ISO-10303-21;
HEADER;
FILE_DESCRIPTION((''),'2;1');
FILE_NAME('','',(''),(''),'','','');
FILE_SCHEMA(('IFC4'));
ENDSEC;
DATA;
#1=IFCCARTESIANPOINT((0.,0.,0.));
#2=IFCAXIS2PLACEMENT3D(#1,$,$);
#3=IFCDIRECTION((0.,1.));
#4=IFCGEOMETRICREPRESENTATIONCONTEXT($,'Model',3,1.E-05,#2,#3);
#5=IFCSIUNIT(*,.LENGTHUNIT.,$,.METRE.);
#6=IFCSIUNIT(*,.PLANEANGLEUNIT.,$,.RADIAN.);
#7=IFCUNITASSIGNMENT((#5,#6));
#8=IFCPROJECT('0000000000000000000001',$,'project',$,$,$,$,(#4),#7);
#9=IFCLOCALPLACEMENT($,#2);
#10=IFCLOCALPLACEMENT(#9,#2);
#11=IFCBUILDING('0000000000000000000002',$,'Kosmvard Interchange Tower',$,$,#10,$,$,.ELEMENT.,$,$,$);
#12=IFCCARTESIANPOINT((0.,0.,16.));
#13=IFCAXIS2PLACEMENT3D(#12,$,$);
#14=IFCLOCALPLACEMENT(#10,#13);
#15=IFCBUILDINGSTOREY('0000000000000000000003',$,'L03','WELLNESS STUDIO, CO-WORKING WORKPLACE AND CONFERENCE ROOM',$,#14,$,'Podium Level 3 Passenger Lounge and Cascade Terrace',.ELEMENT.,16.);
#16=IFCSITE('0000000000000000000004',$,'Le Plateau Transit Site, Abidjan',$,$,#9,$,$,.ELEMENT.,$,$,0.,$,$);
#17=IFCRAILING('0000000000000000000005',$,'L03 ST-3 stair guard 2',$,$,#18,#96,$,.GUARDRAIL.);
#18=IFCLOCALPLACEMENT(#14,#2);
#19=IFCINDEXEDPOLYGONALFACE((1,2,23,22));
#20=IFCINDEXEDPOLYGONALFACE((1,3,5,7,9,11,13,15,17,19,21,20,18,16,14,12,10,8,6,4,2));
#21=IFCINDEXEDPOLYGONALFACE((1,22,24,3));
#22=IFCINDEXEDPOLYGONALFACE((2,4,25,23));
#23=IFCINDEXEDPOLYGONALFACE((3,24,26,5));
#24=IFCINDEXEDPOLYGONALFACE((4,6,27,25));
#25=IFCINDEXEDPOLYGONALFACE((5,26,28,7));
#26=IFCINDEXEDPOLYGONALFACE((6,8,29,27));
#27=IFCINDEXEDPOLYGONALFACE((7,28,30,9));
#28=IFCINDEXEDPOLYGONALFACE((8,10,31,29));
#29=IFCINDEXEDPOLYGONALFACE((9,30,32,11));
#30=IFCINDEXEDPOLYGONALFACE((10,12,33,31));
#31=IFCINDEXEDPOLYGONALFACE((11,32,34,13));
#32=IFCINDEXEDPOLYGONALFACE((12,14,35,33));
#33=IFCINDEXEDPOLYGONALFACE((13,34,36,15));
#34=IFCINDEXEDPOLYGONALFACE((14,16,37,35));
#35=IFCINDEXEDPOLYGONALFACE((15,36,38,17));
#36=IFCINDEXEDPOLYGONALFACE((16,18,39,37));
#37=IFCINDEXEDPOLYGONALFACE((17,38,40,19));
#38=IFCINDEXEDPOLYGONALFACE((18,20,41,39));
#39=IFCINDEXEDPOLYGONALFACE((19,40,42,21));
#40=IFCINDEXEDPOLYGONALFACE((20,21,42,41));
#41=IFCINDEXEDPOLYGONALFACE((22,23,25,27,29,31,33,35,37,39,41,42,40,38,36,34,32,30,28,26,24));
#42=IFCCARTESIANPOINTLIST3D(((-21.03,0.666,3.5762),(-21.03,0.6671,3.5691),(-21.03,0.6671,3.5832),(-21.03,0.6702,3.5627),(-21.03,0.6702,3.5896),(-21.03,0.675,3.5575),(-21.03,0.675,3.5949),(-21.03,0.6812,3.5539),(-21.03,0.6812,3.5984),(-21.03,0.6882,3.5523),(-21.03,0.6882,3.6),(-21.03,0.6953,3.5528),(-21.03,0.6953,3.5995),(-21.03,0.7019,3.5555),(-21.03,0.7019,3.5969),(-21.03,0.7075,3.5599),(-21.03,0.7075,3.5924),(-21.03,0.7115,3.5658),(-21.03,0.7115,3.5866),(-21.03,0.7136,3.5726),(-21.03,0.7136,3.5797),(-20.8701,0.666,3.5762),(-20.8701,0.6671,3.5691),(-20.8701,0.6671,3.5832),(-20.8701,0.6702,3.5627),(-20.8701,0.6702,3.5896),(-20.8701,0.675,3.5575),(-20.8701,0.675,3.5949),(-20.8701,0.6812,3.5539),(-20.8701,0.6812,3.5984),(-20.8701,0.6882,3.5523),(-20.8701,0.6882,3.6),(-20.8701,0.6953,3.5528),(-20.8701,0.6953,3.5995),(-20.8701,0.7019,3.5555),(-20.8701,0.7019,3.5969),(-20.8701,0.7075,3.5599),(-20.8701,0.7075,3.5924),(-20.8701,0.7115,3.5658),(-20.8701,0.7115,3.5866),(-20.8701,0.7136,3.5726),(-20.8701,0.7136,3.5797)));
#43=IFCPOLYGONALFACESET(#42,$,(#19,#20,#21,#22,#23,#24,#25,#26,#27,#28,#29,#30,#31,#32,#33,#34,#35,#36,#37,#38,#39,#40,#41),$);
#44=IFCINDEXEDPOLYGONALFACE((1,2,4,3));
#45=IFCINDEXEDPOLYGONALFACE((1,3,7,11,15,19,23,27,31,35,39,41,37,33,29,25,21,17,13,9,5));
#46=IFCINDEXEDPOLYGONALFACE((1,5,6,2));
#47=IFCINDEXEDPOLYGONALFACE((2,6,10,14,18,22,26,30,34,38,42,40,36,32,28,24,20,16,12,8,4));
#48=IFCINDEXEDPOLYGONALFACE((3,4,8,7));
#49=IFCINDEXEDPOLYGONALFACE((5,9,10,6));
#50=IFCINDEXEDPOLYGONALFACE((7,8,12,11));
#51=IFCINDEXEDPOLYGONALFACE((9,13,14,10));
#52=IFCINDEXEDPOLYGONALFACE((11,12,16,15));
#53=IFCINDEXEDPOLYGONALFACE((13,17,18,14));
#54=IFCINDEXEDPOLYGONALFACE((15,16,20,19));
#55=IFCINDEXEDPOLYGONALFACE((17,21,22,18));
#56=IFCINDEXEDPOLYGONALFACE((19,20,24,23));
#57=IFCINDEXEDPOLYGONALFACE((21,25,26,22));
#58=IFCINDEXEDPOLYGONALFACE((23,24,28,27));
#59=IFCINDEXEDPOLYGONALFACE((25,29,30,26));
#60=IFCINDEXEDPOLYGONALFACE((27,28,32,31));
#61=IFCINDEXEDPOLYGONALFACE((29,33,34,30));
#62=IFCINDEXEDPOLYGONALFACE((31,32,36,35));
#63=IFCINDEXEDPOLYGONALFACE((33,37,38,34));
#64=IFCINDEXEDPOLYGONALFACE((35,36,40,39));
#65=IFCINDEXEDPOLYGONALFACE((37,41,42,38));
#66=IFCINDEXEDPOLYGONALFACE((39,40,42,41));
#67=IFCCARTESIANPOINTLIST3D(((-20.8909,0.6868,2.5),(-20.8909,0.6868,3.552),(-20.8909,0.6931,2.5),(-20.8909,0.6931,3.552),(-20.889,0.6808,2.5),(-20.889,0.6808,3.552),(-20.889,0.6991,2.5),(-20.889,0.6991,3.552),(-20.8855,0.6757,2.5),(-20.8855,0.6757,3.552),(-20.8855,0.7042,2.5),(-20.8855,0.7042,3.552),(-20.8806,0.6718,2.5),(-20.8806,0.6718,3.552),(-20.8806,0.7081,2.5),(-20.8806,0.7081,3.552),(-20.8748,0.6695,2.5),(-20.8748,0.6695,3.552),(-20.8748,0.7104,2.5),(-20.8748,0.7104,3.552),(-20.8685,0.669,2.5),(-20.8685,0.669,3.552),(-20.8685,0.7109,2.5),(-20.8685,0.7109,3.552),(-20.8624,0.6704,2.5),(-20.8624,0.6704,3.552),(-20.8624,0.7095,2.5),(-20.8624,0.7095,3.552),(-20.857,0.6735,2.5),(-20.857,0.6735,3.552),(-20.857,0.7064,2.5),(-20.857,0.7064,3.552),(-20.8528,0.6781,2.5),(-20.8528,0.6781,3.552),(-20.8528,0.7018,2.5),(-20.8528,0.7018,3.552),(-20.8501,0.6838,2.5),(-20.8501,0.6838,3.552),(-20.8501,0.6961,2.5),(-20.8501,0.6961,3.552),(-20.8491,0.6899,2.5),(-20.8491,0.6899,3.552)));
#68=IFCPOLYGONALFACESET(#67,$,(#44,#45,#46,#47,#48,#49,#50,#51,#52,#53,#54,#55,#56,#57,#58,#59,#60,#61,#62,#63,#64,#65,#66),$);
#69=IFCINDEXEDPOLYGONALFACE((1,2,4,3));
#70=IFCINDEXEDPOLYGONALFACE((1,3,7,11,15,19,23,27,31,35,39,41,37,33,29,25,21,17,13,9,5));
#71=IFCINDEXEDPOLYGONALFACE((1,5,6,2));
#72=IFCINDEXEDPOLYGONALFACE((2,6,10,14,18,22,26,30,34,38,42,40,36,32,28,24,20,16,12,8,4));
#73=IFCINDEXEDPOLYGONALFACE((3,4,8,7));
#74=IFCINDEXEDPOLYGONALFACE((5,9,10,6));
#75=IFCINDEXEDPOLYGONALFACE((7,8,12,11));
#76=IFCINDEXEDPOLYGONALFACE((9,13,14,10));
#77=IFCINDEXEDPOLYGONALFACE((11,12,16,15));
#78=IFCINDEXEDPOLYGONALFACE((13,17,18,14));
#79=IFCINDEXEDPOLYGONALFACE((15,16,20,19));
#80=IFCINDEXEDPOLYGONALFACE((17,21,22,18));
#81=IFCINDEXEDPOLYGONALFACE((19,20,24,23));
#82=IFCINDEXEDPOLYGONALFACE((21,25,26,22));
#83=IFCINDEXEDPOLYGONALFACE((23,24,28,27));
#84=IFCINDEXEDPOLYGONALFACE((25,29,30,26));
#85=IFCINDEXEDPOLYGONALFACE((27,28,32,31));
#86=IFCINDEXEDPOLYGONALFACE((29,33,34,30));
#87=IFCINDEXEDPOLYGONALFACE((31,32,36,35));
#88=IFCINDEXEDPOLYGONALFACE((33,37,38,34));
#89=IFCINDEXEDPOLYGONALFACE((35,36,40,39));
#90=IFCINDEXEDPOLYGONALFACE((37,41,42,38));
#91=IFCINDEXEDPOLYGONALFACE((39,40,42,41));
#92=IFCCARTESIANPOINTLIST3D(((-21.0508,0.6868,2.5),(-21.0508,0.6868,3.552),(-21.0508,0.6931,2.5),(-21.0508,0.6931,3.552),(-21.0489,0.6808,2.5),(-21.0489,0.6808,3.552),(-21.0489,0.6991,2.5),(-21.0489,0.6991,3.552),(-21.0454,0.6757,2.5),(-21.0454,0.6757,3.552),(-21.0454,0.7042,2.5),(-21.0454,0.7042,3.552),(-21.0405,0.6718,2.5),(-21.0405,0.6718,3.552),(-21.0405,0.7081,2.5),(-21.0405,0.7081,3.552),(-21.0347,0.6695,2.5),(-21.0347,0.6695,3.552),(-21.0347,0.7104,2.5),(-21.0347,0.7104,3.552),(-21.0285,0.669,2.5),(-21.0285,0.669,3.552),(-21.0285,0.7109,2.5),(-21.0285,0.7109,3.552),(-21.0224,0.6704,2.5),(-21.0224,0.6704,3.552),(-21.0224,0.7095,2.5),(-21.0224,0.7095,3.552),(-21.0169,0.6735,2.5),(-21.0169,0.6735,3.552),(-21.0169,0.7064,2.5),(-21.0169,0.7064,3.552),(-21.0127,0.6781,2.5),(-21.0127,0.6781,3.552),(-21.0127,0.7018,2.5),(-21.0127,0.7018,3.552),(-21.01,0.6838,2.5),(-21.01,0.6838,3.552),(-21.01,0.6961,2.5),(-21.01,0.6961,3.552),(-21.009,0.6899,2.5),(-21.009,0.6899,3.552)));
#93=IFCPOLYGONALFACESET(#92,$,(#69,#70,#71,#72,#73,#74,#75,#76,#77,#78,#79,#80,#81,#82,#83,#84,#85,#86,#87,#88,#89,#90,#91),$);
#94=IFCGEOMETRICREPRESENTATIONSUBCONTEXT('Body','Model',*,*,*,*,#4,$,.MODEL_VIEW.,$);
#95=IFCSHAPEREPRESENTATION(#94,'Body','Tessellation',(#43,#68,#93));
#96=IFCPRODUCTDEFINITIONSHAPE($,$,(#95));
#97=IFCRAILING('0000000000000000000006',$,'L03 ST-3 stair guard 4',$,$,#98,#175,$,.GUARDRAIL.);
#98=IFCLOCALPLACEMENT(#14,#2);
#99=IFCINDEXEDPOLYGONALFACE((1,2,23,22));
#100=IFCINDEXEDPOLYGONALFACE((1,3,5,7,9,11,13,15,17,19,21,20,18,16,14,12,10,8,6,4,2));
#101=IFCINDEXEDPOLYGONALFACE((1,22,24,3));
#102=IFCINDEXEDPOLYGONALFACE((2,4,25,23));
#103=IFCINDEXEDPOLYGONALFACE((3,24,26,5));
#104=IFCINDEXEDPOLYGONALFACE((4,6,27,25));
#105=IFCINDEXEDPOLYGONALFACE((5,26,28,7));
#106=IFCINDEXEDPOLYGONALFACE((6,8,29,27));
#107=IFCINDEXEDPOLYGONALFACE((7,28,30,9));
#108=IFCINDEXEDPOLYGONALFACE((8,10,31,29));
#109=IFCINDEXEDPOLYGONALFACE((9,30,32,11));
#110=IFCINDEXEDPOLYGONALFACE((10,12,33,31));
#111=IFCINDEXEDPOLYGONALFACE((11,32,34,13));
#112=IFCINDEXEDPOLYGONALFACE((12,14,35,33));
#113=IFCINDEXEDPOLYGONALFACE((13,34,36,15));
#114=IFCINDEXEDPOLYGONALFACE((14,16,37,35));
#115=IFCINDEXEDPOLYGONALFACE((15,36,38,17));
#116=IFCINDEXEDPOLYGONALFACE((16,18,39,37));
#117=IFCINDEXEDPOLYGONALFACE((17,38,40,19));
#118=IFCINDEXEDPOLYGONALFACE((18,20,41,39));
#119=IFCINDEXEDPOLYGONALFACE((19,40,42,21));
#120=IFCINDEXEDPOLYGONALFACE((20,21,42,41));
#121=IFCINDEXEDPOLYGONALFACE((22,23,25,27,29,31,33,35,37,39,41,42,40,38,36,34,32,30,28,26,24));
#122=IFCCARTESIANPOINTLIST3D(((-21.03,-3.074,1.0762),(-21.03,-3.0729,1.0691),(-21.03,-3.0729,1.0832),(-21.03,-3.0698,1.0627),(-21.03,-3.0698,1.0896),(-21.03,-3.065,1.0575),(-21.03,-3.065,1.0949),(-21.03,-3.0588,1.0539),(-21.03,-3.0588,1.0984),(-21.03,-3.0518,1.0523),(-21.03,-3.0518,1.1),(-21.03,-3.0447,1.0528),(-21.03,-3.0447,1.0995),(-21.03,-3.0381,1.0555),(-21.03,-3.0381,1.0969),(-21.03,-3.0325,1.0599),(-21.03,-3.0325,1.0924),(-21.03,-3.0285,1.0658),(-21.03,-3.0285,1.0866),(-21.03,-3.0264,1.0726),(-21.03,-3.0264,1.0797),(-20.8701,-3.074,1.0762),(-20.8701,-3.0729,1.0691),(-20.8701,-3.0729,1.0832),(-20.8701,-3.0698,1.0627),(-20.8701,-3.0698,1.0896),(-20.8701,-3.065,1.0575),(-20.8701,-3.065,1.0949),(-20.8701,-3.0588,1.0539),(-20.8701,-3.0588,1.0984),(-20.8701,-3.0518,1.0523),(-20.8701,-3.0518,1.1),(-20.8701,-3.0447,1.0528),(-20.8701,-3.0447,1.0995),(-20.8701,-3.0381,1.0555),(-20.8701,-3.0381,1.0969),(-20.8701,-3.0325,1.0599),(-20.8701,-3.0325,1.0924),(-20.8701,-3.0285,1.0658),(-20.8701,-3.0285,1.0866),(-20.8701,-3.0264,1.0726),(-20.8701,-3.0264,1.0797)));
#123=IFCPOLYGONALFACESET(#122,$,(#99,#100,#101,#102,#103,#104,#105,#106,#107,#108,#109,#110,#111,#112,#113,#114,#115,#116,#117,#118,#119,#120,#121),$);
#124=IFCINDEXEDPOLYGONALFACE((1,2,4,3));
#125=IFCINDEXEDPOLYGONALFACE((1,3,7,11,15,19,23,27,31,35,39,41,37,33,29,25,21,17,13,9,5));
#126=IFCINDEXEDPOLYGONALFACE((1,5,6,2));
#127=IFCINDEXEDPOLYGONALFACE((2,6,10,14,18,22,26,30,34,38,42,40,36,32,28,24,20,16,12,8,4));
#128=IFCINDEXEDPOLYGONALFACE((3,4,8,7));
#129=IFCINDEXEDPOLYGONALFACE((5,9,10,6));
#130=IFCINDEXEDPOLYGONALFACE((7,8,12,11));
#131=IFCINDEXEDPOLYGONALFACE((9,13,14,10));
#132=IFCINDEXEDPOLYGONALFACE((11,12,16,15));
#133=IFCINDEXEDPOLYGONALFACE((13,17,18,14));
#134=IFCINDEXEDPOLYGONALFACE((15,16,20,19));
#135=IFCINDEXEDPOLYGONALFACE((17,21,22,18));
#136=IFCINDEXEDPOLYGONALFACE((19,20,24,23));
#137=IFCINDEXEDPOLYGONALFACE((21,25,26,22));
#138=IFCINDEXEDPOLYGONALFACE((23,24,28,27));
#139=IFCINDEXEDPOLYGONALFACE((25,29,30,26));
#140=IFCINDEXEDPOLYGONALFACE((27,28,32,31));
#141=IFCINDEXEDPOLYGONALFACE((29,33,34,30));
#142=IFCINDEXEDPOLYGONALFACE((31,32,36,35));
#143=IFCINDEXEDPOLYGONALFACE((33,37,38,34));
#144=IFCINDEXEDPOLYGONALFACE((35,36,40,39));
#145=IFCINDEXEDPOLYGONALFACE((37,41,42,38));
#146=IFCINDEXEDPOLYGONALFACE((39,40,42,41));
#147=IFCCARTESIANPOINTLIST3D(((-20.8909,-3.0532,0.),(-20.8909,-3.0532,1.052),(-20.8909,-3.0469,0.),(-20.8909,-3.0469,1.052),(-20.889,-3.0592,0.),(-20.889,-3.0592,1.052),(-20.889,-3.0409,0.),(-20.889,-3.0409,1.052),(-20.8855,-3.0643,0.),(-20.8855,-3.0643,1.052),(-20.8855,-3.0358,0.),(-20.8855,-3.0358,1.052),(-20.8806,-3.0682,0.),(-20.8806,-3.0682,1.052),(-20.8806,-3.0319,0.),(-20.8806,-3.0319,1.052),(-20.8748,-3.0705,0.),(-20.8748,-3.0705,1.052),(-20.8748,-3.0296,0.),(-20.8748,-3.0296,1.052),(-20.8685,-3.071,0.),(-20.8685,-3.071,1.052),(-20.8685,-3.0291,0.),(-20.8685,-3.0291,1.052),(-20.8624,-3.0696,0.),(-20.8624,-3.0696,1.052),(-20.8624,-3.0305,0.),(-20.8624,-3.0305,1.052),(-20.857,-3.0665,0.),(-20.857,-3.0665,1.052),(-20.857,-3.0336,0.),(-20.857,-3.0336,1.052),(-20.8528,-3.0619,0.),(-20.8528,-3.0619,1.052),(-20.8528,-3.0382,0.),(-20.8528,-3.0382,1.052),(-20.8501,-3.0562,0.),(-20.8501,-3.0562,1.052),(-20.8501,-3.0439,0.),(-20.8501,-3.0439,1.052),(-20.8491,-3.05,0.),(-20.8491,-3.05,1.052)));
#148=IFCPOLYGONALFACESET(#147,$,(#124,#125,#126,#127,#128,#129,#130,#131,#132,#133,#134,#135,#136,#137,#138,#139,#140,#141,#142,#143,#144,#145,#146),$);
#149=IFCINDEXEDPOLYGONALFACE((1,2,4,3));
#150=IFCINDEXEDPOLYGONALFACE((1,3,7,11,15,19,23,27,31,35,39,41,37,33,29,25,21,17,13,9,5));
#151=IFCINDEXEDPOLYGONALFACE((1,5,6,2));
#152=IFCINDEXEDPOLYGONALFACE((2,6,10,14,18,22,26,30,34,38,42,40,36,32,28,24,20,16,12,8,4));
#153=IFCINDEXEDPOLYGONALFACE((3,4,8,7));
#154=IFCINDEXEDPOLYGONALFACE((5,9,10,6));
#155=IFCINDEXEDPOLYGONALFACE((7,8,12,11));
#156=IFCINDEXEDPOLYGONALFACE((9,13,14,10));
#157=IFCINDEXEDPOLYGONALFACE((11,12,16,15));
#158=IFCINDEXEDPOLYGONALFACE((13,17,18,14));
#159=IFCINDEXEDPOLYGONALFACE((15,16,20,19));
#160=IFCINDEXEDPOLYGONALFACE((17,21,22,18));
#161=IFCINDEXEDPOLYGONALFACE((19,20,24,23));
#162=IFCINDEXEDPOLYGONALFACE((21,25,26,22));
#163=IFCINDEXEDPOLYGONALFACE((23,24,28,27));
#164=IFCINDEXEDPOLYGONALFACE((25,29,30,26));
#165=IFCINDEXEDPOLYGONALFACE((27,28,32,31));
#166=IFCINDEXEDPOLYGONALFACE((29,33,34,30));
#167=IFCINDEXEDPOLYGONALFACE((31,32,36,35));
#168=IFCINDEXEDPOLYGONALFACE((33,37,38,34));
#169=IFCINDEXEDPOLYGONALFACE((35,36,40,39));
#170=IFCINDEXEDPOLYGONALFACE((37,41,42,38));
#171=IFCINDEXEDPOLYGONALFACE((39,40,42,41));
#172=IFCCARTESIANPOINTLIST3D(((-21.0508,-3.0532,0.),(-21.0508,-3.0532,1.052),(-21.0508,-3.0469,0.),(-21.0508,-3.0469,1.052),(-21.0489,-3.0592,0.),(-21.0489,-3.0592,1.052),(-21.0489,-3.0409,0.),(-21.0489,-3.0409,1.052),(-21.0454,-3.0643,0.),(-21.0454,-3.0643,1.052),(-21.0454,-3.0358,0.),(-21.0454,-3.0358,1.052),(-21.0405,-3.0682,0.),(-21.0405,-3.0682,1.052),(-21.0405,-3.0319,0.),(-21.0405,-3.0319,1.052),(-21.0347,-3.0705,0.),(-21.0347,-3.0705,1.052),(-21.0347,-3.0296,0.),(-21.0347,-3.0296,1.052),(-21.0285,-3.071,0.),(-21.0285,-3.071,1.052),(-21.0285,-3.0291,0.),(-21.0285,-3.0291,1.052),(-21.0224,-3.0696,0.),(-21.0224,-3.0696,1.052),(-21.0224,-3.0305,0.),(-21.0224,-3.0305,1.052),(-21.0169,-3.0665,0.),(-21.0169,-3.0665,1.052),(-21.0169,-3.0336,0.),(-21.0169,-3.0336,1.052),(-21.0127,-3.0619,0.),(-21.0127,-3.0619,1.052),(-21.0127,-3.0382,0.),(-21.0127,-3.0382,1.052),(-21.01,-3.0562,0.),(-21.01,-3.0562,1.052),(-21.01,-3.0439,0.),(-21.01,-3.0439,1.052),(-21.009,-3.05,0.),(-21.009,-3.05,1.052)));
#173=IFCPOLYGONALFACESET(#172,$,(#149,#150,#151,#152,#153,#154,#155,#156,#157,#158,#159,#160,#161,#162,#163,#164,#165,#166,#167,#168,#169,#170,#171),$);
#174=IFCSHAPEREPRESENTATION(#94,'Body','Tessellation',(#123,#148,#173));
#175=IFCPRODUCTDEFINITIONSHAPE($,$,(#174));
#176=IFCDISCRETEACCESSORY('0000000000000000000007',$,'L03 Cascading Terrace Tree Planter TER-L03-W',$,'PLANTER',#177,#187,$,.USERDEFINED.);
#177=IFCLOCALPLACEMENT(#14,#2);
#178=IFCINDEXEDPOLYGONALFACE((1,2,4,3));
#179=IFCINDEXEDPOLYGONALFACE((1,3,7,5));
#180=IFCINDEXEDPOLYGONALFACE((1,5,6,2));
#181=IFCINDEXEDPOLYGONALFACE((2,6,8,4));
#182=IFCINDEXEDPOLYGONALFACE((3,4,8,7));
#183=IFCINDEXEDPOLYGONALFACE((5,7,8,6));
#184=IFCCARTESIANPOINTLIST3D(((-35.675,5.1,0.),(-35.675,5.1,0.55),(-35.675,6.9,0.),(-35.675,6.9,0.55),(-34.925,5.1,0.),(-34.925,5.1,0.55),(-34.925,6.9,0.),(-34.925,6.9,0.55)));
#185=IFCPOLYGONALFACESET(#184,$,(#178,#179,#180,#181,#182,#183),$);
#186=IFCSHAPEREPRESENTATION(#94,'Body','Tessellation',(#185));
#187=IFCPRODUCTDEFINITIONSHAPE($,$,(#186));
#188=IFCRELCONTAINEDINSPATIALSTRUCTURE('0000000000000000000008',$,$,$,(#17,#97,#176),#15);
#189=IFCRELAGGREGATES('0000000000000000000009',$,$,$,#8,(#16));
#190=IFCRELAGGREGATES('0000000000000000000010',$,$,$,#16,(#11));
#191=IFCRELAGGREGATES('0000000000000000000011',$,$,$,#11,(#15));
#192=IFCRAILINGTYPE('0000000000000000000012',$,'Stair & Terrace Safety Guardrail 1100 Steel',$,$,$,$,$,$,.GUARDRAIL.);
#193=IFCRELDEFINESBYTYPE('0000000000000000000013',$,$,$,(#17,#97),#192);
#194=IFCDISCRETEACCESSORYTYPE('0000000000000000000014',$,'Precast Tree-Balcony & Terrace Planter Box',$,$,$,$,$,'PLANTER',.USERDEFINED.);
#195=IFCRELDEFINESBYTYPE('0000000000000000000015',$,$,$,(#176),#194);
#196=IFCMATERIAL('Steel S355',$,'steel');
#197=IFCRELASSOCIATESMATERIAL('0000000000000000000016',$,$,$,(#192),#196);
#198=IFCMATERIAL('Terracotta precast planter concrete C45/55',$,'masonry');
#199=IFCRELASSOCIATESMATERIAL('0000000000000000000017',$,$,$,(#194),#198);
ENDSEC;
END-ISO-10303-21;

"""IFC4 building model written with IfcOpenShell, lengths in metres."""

from ifc_helpers import new_model, si_unit, direction, frame, origin, origin_2d, place, context, subcontext, project, spatial, rectangle, circle, extrude, source, transform, mapped, material, type_object, element, save


model = new_model("IFC4")

# Units and contexts
model_context = context("Model", 3, precision=1e-05, world=origin(), true_north=direction((0.0, 1.0)))
body_context = subcontext(model_context, "Body", "Model", "MODEL_VIEW")
ifc_project = project(units=[si_unit("LENGTHUNIT", "METRE"), si_unit("PLANEANGLEUNIT", "RADIAN")], contexts=[model_context])

# Site, building, storey
site_placement = place(None, origin())
site = spatial("IfcSite", under=ifc_project, at=site_placement, Name="Le Plateau Transit Site, Abidjan", CompositionType="ELEMENT", RefElevation=0.0)
building_placement = place(site_placement, origin())
building = spatial("IfcBuilding", under=site, at=building_placement, Name="Kosmvard Interchange Tower", CompositionType="ELEMENT")
storey_placement = place(building_placement, frame((0.0, 0.0, 16.0)))
storey = spatial("IfcBuildingStorey", under=building, at=storey_placement, Name="L03", Description="WELLNESS STUDIO, CO-WORKING WORKPLACE AND CONFERENCE ROOM", LongName="Podium Level 3 Passenger Lounge and Cascade Terrace", CompositionType="ELEMENT", Elevation=16.0)

# Shared definitions
ifc_material_1 = material(Name="Steel S355", Category="steel")

# Railings
railing_type_1 = type_object("IfcRailingType", Name="Stair & Terrace Safety Guardrail 1100 Steel", PredefinedType="GUARDRAIL", material=ifc_material_1)
shared_shape_1 = source(origin(), body_context, "Body", "SweptSolid", [
    extrude(circle(Radius=0.0239, at=origin_2d()), frame((0.0, 0.0, 1.0762), z_axis=(-1.0, 0.0, 0.0), x_axis=(0.0, -1.0, 0.0)), (0.0, 0.0, 1.0), 0.1599),
    extrude(circle(Radius=0.021, at=origin_2d()), origin(), (0.0, 0.0, 1.0), 1.052),
    extrude(circle(Radius=0.021, at=origin_2d()), frame((-0.1599, 0.0, 0.0)), (0.0, 0.0, 1.0), 1.052),
])
for number, where, name in (
    (1, (-20.8701, 0.6899, 2.5), "L03 ST-3 stair guard 2"),
    (2, (-20.8701, -3.05, 0.0), "L03 ST-3 stair guard 4"),
):
    element("IfcRailing", number, at=place(storey_placement, frame(where)), inside=storey, type_object=railing_type_1, Name=name, PredefinedType="GUARDRAIL", context=body_context, shape_type="MappedRepresentation", body=[
        mapped(shared_shape_1, transform((0.0, 0.0, 0.0), scale=1.0)),
    ])

# Discrete accessory
ifc_material_2 = material(Name="Terracotta precast planter concrete C45/55", Category="masonry")
discrete_accessory_type = type_object("IfcDiscreteAccessoryType", Name="Precast Tree-Balcony & Terrace Planter Box", ElementType="PLANTER", PredefinedType="USERDEFINED", material=ifc_material_2)
shared_shape_2 = source(origin(), body_context, "Body", "SweptSolid", [
    extrude(rectangle(XDim=0.75, YDim=1.8, at=origin_2d()), origin(), (0.0, 0.0, 1.0), 0.55),
])
discrete_accessory_placement = place(storey_placement, frame((-35.3, 6.0, 0.0), z_axis=(0.0, 0.0, 1.0), x_axis=(1.0, 0.0, 0.0)))
element("IfcDiscreteAccessory", 3, at=discrete_accessory_placement, inside=storey, type_object=discrete_accessory_type, Name="L03 Cascading Terrace Tree Planter TER-L03-W", ObjectType="PLANTER", PredefinedType="USERDEFINED", context=body_context, shape_type="MappedRepresentation", body=[
    mapped(shared_shape_2, transform((0.0, 0.0, 0.0), scale=1.0)),
])

save(model, "model.ifc")
